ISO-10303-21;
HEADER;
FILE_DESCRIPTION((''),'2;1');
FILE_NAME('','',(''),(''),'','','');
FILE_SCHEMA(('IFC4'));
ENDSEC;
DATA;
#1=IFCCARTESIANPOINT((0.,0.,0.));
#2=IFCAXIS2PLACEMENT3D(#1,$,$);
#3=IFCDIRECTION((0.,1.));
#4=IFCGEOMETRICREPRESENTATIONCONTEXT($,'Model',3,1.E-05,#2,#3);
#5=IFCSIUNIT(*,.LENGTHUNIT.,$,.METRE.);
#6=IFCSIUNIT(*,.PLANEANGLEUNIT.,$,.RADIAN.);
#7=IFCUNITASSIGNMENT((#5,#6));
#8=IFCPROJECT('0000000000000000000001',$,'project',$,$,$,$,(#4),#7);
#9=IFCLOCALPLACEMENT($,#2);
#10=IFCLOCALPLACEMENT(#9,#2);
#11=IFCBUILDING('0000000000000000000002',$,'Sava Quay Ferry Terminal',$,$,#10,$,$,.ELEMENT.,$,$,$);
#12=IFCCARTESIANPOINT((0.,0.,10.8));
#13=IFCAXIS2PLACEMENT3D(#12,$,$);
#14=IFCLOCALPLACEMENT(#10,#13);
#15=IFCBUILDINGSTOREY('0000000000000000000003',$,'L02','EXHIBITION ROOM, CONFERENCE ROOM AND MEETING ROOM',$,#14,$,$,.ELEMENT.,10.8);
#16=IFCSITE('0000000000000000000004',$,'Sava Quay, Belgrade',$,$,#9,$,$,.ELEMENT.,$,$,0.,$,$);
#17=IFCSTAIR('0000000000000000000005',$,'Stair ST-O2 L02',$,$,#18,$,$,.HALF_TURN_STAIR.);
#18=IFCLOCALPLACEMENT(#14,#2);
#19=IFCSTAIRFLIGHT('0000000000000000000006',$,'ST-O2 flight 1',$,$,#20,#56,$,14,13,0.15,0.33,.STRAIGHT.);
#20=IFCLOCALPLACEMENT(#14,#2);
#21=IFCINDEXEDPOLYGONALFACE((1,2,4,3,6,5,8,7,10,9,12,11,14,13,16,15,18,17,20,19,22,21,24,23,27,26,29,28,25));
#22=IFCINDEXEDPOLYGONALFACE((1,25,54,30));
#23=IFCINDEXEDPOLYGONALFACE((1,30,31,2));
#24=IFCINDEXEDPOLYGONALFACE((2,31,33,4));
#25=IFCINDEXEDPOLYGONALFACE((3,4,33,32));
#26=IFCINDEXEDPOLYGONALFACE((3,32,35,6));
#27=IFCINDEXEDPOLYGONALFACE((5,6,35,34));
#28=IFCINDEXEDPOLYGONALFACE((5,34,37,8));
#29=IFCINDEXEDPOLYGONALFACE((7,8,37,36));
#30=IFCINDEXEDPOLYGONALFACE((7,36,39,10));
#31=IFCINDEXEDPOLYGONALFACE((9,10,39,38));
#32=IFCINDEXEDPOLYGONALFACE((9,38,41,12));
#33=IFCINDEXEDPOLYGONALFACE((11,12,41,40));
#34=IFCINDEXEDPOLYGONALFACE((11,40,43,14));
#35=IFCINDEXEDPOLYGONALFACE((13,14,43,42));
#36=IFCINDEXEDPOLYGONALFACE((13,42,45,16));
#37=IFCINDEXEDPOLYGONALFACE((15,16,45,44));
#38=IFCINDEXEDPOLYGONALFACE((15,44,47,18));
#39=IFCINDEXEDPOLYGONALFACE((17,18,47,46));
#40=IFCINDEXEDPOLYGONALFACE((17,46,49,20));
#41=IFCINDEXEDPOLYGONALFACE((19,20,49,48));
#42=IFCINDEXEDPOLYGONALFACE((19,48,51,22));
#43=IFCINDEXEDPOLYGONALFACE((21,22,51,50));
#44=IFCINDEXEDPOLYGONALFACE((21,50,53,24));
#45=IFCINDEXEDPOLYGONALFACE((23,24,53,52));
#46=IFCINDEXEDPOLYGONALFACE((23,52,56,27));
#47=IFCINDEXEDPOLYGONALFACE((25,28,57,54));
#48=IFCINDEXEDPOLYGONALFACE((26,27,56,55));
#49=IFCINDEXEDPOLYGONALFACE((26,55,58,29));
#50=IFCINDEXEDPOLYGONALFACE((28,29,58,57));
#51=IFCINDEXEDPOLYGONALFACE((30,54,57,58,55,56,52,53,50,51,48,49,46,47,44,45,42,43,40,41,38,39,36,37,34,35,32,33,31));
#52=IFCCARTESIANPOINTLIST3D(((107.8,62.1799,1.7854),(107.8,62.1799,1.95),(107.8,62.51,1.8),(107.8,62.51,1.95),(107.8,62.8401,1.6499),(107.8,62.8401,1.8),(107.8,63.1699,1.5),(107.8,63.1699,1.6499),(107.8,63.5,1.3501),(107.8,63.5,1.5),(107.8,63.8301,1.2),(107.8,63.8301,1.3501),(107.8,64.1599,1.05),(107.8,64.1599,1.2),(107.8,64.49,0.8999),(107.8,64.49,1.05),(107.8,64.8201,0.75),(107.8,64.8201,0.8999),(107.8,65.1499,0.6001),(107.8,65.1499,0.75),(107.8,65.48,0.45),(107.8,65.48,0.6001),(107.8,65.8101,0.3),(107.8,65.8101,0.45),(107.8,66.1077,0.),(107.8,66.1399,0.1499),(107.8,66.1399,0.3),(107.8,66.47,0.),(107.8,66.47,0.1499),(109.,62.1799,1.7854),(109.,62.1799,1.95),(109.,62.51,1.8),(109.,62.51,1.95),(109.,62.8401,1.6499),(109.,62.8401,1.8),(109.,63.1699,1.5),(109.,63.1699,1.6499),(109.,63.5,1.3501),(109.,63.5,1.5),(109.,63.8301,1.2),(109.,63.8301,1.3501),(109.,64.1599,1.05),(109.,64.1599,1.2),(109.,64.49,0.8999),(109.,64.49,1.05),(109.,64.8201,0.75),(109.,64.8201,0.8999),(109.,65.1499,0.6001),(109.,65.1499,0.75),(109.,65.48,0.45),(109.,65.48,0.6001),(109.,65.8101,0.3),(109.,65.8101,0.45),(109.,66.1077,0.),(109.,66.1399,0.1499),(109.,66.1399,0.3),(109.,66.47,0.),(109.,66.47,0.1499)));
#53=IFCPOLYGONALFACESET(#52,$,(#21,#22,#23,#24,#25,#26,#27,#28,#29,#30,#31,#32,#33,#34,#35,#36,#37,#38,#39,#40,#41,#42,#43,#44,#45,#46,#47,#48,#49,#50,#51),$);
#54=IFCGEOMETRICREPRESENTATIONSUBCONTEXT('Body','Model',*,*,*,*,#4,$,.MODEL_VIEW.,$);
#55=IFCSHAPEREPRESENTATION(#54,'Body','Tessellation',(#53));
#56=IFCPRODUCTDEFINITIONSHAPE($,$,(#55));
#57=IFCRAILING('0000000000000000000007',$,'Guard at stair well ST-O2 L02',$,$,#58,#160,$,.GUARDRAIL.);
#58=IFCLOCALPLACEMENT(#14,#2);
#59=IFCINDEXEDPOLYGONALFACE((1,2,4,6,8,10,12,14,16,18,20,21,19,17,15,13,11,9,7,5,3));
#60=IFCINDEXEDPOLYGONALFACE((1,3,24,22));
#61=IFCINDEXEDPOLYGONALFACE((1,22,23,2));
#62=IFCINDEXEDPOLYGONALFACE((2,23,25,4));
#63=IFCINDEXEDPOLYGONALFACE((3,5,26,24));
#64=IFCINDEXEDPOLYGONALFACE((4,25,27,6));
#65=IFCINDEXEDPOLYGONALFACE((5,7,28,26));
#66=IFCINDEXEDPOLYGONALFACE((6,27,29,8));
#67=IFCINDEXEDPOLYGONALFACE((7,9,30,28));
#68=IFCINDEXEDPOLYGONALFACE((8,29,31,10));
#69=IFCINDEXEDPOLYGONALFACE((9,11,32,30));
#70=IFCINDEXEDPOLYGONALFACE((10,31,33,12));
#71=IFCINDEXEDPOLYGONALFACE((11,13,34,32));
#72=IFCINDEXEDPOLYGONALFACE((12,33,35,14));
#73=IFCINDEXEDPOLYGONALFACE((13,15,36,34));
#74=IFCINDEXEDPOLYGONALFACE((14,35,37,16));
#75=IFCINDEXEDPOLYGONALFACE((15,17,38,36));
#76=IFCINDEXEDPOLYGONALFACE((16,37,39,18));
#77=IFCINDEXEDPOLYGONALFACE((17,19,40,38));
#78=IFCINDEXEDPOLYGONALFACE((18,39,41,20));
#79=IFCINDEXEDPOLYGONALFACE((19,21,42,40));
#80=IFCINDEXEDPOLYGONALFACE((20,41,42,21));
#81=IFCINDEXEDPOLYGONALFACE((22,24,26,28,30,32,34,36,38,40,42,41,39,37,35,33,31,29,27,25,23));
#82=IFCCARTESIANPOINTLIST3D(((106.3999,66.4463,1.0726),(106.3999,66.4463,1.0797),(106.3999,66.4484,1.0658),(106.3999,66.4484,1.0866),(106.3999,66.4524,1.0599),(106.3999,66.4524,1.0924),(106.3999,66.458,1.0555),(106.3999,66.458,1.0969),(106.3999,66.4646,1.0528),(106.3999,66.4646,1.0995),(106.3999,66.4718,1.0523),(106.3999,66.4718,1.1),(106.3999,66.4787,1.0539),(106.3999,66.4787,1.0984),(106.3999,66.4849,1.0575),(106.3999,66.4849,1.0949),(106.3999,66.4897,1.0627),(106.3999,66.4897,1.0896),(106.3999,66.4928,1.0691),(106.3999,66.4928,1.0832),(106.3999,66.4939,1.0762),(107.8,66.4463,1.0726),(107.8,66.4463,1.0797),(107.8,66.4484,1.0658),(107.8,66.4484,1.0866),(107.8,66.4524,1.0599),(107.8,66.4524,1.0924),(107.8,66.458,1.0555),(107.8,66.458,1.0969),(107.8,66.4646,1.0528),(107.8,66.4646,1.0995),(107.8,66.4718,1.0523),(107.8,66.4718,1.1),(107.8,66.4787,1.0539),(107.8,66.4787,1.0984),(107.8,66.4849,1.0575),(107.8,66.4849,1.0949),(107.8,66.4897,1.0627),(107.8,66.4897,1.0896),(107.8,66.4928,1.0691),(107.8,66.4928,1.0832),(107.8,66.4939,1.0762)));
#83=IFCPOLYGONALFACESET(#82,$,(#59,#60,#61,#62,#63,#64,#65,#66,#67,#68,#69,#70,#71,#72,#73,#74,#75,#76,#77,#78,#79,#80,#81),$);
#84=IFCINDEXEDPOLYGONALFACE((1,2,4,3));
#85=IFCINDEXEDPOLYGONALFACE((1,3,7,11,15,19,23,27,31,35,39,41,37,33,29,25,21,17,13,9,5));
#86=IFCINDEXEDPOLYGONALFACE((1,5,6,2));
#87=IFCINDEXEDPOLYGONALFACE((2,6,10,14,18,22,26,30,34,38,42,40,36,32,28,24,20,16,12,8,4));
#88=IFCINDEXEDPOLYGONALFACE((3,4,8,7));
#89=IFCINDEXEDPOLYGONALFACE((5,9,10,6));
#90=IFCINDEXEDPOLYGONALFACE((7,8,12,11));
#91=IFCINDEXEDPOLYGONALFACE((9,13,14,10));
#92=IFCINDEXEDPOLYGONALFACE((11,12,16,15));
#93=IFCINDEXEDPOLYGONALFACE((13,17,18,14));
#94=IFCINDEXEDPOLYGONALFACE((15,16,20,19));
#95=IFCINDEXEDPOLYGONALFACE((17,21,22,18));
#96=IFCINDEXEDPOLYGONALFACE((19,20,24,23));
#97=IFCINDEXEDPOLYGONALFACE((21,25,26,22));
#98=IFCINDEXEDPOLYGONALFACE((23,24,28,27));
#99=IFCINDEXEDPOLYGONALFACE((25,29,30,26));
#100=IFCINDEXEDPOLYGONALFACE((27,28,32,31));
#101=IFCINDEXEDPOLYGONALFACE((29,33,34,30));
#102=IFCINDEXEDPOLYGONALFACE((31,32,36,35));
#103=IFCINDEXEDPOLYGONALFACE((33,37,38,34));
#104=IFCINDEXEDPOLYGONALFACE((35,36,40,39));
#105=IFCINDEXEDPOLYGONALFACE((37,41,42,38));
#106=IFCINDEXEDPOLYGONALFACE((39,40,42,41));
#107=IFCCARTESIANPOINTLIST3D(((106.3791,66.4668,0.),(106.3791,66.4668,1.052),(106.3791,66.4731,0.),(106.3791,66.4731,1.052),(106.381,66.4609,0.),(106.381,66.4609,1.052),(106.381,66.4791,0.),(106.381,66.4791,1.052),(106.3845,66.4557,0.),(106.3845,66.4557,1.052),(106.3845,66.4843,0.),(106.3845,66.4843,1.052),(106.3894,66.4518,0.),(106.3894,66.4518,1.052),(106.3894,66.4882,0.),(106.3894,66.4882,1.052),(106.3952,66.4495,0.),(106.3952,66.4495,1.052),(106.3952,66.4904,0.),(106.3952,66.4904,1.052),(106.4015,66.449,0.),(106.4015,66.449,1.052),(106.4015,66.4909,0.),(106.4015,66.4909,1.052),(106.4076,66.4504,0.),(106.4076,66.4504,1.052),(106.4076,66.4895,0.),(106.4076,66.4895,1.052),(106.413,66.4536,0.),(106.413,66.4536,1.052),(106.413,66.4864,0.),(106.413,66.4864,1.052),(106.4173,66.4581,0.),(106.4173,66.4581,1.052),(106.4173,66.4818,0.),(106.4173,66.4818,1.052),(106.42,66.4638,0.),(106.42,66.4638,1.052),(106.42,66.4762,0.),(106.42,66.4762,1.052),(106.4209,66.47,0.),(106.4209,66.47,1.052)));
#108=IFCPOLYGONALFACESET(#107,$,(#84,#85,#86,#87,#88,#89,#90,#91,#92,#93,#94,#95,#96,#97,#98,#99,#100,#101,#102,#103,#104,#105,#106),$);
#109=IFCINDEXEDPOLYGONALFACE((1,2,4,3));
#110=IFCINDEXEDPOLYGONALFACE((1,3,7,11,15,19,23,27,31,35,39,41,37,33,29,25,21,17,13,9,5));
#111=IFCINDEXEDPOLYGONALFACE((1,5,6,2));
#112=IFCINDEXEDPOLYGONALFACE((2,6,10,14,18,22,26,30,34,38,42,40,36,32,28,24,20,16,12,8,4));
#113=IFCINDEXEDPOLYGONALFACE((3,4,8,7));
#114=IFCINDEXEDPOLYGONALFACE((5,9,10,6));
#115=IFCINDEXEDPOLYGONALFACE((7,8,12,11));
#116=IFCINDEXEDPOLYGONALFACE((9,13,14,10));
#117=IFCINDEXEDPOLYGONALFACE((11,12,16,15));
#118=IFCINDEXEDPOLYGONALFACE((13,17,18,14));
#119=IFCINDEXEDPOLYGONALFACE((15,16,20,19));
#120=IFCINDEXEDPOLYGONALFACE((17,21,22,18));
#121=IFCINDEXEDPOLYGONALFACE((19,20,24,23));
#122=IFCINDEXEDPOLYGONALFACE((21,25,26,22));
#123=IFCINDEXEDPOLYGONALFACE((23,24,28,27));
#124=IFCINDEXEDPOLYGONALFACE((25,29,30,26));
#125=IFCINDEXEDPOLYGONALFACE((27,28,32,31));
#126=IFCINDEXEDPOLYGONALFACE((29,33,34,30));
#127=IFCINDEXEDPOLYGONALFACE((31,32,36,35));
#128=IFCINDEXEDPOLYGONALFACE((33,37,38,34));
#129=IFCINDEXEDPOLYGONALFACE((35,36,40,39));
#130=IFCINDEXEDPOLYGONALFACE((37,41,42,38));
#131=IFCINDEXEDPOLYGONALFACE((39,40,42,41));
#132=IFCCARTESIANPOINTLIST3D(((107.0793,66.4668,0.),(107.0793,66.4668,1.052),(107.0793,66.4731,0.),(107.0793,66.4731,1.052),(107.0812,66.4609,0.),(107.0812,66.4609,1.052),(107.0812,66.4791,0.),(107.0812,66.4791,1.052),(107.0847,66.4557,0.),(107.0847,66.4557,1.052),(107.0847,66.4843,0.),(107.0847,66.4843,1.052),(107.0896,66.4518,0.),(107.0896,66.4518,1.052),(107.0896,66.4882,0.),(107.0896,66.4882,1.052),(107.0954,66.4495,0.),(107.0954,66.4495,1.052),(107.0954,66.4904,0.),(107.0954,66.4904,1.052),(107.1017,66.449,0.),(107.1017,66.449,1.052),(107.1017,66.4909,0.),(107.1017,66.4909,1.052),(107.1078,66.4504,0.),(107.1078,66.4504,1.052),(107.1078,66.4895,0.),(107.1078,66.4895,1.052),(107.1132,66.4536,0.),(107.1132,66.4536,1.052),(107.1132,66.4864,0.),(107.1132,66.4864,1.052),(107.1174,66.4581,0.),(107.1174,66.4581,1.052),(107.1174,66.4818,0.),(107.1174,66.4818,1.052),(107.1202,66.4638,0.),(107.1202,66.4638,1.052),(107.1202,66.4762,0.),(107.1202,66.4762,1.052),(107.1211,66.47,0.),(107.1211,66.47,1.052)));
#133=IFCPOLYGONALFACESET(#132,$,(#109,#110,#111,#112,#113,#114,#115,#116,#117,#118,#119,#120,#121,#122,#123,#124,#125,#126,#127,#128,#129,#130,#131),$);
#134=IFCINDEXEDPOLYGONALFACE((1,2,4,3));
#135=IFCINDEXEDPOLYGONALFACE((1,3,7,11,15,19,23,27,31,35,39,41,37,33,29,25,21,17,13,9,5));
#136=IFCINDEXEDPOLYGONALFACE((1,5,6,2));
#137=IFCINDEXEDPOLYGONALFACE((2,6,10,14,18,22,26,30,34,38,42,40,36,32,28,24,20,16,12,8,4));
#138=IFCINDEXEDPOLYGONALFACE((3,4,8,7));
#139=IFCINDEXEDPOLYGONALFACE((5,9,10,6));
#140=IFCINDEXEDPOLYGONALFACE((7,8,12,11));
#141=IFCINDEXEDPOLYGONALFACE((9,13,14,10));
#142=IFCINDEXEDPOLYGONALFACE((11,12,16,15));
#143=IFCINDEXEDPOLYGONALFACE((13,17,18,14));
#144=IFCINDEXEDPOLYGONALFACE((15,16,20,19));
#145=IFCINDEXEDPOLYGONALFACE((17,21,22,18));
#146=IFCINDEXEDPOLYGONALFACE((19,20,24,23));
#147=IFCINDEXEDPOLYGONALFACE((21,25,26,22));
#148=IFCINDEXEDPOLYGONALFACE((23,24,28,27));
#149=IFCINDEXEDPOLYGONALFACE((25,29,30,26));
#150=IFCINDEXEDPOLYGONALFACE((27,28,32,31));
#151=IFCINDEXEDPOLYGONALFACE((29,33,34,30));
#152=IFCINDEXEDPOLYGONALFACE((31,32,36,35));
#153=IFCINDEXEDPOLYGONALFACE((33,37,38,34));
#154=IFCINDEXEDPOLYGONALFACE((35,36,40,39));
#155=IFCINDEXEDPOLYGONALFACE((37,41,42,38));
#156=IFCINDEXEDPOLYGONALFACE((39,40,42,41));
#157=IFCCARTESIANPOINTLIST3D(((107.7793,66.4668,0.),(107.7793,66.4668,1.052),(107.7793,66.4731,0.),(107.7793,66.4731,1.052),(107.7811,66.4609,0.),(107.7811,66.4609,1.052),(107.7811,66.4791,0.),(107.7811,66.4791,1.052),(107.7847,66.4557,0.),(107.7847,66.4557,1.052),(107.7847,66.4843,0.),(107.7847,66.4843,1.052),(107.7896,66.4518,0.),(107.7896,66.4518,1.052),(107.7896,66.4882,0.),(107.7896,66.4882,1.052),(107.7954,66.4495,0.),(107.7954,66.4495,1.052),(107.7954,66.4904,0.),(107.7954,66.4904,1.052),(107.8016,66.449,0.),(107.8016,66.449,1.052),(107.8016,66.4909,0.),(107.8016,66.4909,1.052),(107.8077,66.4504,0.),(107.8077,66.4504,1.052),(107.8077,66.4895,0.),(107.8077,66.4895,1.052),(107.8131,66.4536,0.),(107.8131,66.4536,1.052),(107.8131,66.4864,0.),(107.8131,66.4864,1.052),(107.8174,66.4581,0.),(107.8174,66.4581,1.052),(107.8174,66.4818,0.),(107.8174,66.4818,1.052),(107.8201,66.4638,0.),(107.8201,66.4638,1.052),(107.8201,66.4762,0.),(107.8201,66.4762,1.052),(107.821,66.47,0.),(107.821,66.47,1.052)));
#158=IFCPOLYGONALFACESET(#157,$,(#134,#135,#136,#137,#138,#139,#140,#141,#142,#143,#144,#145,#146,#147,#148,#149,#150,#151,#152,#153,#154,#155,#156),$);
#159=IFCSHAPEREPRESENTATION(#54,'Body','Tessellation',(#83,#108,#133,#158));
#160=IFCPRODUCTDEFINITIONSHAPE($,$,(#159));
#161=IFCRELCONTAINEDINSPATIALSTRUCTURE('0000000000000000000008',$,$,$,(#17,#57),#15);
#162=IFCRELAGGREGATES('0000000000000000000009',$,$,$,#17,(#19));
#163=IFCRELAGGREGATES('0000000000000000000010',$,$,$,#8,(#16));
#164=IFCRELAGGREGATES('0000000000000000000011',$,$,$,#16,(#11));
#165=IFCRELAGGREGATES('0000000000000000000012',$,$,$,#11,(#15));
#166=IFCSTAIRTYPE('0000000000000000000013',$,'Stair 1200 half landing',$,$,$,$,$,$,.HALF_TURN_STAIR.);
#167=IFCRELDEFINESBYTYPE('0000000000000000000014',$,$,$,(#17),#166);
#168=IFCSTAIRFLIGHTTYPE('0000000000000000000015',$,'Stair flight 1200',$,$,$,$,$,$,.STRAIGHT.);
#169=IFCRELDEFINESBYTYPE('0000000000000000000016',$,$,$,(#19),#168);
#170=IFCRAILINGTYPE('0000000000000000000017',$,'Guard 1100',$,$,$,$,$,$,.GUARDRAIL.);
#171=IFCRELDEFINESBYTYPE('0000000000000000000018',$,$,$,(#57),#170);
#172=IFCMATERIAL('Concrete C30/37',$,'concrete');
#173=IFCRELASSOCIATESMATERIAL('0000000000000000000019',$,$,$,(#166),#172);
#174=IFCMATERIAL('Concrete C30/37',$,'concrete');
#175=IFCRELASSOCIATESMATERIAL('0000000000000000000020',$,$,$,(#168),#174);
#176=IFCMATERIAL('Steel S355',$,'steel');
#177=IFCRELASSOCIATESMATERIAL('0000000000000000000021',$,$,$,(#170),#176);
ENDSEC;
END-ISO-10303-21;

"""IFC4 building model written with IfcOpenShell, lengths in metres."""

from ifc_helpers import new_model, si_unit, direction, frame, origin, origin_2d, place, context, subcontext, project, spatial, polyline, circle, outline, extrude, material, type_object, element, aggregate, save


model = new_model("IFC4")

# Units and contexts
model_context = context("Model", 3, precision=1e-05, world=origin(), true_north=direction((0.0, 1.0)))
body_context = subcontext(model_context, "Body", "Model", "MODEL_VIEW")
ifc_project = project(units=[si_unit("LENGTHUNIT", "METRE"), si_unit("PLANEANGLEUNIT", "RADIAN")], contexts=[model_context])

# Site, building, storey
site_placement = place(None, origin())
site = spatial("IfcSite", under=ifc_project, at=site_placement, Name="Sava Quay, Belgrade", CompositionType="ELEMENT", RefElevation=0.0)
building_placement = place(site_placement, origin())
building = spatial("IfcBuilding", under=site, at=building_placement, Name="Sava Quay Ferry Terminal", CompositionType="ELEMENT")
storey_placement = place(building_placement, frame((0.0, 0.0, 10.8)))
storey = spatial("IfcBuildingStorey", under=building, at=storey_placement, Name="L02", Description="EXHIBITION ROOM, CONFERENCE ROOM AND MEETING ROOM", CompositionType="ELEMENT", Elevation=10.8)

# Stair, stair flight
ifc_material_1 = material(Name="Concrete C30/37", Category="concrete")
stair_type = type_object("IfcStairType", Name="Stair 1200 half landing", PredefinedType="HALF_TURN_STAIR", material=ifc_material_1)
stair_placement = place(storey_placement, origin())
stair = element("IfcStair", 1, at=stair_placement, inside=storey, type_object=stair_type, Name="Stair ST-O2 L02", PredefinedType="HALF_TURN_STAIR")
ifc_material_2 = material(Name="Concrete C30/37", Category="concrete")
stair_flight_type = type_object("IfcStairFlightType", Name="Stair flight 1200", PredefinedType="STRAIGHT", material=ifc_material_2)
stair_flight_placement = place(storey_placement, frame((108.3999, 66.47, 0.0), z_axis=(0.0, 0.0, 1.0), x_axis=(0.0, -1.0, 0.0)))
stair_flight = element("IfcStairFlight", 2, at=stair_flight_placement, type_object=stair_flight_type, Name="ST-O2 flight 1", NumberOfRisers=14, NumberOfTreads=13, PredefinedType="STRAIGHT", RiserHeight=0.15, TreadLength=0.33, context=body_context, shape_type="SweptSolid", body=[
    extrude(outline(polyline([(0.0, 0.0), (0.0, 0.1499), (0.3301, 0.1499), (0.3301, 0.3), (0.6599, 0.3), (0.6599, 0.45), (0.99, 0.45), (0.99, 0.6001), (1.3201, 0.6001), (1.3201, 0.75), (1.6499, 0.75), (1.6499, 0.8999), (1.98, 0.8999), (1.98, 1.05), (2.3101, 1.05), (2.3101, 1.2), (2.6399, 1.2), (2.6399, 1.3501), (2.97, 1.3501), (2.97, 1.5), (3.3, 1.5), (3.3, 1.6499), (3.6299, 1.6499), (3.6299, 1.8), (3.96, 1.8), (3.96, 1.95), (4.29, 1.95), (4.29, 2.1001), (4.29, 1.7854), (0.3623, 0.0), (0.0, 0.0)])), frame((0.0, 0.6001, 0.0), z_axis=(0.0, -1.0, 0.0), x_axis=(1.0, 0.0, 0.0)), (0.0, 0.0, 1.0), 1.2),
])
aggregate(stair, [stair_flight])

# Railing
ifc_material_3 = material(Name="Steel S355", Category="steel")
railing_type_1 = type_object("IfcRailingType", Name="Guard 1100", PredefinedType="GUARDRAIL", material=ifc_material_3)
railing_1_placement = place(storey_placement, frame((106.3999, 66.47, 0.0)))
element("IfcRailing", 3, at=railing_1_placement, inside=storey, type_object=railing_type_1, Name="Guard at stair well ST-O2 L02", PredefinedType="GUARDRAIL", context=body_context, shape_type="SweptSolid", body=[
    extrude(circle(Radius=0.0239, at=origin_2d()), frame((0.0, 0.0, 1.0762), z_axis=(1.0, 0.0, 0.0), x_axis=(0.0, 1.0, 0.0)), (0.0, 0.0, 1.0), 1.4001),
    extrude(circle(Radius=0.021, at=origin_2d()), origin(), (0.0, 0.0, 1.0), 1.052),
    extrude(circle(Radius=0.021, at=origin_2d()), frame((0.7002, 0.0, 0.0)), (0.0, 0.0, 1.0), 1.052),
    extrude(circle(Radius=0.021, at=origin_2d()), frame((1.4001, 0.0, 0.0)), (0.0, 0.0, 1.0), 1.052),
])

save(model, "model.ifc")
